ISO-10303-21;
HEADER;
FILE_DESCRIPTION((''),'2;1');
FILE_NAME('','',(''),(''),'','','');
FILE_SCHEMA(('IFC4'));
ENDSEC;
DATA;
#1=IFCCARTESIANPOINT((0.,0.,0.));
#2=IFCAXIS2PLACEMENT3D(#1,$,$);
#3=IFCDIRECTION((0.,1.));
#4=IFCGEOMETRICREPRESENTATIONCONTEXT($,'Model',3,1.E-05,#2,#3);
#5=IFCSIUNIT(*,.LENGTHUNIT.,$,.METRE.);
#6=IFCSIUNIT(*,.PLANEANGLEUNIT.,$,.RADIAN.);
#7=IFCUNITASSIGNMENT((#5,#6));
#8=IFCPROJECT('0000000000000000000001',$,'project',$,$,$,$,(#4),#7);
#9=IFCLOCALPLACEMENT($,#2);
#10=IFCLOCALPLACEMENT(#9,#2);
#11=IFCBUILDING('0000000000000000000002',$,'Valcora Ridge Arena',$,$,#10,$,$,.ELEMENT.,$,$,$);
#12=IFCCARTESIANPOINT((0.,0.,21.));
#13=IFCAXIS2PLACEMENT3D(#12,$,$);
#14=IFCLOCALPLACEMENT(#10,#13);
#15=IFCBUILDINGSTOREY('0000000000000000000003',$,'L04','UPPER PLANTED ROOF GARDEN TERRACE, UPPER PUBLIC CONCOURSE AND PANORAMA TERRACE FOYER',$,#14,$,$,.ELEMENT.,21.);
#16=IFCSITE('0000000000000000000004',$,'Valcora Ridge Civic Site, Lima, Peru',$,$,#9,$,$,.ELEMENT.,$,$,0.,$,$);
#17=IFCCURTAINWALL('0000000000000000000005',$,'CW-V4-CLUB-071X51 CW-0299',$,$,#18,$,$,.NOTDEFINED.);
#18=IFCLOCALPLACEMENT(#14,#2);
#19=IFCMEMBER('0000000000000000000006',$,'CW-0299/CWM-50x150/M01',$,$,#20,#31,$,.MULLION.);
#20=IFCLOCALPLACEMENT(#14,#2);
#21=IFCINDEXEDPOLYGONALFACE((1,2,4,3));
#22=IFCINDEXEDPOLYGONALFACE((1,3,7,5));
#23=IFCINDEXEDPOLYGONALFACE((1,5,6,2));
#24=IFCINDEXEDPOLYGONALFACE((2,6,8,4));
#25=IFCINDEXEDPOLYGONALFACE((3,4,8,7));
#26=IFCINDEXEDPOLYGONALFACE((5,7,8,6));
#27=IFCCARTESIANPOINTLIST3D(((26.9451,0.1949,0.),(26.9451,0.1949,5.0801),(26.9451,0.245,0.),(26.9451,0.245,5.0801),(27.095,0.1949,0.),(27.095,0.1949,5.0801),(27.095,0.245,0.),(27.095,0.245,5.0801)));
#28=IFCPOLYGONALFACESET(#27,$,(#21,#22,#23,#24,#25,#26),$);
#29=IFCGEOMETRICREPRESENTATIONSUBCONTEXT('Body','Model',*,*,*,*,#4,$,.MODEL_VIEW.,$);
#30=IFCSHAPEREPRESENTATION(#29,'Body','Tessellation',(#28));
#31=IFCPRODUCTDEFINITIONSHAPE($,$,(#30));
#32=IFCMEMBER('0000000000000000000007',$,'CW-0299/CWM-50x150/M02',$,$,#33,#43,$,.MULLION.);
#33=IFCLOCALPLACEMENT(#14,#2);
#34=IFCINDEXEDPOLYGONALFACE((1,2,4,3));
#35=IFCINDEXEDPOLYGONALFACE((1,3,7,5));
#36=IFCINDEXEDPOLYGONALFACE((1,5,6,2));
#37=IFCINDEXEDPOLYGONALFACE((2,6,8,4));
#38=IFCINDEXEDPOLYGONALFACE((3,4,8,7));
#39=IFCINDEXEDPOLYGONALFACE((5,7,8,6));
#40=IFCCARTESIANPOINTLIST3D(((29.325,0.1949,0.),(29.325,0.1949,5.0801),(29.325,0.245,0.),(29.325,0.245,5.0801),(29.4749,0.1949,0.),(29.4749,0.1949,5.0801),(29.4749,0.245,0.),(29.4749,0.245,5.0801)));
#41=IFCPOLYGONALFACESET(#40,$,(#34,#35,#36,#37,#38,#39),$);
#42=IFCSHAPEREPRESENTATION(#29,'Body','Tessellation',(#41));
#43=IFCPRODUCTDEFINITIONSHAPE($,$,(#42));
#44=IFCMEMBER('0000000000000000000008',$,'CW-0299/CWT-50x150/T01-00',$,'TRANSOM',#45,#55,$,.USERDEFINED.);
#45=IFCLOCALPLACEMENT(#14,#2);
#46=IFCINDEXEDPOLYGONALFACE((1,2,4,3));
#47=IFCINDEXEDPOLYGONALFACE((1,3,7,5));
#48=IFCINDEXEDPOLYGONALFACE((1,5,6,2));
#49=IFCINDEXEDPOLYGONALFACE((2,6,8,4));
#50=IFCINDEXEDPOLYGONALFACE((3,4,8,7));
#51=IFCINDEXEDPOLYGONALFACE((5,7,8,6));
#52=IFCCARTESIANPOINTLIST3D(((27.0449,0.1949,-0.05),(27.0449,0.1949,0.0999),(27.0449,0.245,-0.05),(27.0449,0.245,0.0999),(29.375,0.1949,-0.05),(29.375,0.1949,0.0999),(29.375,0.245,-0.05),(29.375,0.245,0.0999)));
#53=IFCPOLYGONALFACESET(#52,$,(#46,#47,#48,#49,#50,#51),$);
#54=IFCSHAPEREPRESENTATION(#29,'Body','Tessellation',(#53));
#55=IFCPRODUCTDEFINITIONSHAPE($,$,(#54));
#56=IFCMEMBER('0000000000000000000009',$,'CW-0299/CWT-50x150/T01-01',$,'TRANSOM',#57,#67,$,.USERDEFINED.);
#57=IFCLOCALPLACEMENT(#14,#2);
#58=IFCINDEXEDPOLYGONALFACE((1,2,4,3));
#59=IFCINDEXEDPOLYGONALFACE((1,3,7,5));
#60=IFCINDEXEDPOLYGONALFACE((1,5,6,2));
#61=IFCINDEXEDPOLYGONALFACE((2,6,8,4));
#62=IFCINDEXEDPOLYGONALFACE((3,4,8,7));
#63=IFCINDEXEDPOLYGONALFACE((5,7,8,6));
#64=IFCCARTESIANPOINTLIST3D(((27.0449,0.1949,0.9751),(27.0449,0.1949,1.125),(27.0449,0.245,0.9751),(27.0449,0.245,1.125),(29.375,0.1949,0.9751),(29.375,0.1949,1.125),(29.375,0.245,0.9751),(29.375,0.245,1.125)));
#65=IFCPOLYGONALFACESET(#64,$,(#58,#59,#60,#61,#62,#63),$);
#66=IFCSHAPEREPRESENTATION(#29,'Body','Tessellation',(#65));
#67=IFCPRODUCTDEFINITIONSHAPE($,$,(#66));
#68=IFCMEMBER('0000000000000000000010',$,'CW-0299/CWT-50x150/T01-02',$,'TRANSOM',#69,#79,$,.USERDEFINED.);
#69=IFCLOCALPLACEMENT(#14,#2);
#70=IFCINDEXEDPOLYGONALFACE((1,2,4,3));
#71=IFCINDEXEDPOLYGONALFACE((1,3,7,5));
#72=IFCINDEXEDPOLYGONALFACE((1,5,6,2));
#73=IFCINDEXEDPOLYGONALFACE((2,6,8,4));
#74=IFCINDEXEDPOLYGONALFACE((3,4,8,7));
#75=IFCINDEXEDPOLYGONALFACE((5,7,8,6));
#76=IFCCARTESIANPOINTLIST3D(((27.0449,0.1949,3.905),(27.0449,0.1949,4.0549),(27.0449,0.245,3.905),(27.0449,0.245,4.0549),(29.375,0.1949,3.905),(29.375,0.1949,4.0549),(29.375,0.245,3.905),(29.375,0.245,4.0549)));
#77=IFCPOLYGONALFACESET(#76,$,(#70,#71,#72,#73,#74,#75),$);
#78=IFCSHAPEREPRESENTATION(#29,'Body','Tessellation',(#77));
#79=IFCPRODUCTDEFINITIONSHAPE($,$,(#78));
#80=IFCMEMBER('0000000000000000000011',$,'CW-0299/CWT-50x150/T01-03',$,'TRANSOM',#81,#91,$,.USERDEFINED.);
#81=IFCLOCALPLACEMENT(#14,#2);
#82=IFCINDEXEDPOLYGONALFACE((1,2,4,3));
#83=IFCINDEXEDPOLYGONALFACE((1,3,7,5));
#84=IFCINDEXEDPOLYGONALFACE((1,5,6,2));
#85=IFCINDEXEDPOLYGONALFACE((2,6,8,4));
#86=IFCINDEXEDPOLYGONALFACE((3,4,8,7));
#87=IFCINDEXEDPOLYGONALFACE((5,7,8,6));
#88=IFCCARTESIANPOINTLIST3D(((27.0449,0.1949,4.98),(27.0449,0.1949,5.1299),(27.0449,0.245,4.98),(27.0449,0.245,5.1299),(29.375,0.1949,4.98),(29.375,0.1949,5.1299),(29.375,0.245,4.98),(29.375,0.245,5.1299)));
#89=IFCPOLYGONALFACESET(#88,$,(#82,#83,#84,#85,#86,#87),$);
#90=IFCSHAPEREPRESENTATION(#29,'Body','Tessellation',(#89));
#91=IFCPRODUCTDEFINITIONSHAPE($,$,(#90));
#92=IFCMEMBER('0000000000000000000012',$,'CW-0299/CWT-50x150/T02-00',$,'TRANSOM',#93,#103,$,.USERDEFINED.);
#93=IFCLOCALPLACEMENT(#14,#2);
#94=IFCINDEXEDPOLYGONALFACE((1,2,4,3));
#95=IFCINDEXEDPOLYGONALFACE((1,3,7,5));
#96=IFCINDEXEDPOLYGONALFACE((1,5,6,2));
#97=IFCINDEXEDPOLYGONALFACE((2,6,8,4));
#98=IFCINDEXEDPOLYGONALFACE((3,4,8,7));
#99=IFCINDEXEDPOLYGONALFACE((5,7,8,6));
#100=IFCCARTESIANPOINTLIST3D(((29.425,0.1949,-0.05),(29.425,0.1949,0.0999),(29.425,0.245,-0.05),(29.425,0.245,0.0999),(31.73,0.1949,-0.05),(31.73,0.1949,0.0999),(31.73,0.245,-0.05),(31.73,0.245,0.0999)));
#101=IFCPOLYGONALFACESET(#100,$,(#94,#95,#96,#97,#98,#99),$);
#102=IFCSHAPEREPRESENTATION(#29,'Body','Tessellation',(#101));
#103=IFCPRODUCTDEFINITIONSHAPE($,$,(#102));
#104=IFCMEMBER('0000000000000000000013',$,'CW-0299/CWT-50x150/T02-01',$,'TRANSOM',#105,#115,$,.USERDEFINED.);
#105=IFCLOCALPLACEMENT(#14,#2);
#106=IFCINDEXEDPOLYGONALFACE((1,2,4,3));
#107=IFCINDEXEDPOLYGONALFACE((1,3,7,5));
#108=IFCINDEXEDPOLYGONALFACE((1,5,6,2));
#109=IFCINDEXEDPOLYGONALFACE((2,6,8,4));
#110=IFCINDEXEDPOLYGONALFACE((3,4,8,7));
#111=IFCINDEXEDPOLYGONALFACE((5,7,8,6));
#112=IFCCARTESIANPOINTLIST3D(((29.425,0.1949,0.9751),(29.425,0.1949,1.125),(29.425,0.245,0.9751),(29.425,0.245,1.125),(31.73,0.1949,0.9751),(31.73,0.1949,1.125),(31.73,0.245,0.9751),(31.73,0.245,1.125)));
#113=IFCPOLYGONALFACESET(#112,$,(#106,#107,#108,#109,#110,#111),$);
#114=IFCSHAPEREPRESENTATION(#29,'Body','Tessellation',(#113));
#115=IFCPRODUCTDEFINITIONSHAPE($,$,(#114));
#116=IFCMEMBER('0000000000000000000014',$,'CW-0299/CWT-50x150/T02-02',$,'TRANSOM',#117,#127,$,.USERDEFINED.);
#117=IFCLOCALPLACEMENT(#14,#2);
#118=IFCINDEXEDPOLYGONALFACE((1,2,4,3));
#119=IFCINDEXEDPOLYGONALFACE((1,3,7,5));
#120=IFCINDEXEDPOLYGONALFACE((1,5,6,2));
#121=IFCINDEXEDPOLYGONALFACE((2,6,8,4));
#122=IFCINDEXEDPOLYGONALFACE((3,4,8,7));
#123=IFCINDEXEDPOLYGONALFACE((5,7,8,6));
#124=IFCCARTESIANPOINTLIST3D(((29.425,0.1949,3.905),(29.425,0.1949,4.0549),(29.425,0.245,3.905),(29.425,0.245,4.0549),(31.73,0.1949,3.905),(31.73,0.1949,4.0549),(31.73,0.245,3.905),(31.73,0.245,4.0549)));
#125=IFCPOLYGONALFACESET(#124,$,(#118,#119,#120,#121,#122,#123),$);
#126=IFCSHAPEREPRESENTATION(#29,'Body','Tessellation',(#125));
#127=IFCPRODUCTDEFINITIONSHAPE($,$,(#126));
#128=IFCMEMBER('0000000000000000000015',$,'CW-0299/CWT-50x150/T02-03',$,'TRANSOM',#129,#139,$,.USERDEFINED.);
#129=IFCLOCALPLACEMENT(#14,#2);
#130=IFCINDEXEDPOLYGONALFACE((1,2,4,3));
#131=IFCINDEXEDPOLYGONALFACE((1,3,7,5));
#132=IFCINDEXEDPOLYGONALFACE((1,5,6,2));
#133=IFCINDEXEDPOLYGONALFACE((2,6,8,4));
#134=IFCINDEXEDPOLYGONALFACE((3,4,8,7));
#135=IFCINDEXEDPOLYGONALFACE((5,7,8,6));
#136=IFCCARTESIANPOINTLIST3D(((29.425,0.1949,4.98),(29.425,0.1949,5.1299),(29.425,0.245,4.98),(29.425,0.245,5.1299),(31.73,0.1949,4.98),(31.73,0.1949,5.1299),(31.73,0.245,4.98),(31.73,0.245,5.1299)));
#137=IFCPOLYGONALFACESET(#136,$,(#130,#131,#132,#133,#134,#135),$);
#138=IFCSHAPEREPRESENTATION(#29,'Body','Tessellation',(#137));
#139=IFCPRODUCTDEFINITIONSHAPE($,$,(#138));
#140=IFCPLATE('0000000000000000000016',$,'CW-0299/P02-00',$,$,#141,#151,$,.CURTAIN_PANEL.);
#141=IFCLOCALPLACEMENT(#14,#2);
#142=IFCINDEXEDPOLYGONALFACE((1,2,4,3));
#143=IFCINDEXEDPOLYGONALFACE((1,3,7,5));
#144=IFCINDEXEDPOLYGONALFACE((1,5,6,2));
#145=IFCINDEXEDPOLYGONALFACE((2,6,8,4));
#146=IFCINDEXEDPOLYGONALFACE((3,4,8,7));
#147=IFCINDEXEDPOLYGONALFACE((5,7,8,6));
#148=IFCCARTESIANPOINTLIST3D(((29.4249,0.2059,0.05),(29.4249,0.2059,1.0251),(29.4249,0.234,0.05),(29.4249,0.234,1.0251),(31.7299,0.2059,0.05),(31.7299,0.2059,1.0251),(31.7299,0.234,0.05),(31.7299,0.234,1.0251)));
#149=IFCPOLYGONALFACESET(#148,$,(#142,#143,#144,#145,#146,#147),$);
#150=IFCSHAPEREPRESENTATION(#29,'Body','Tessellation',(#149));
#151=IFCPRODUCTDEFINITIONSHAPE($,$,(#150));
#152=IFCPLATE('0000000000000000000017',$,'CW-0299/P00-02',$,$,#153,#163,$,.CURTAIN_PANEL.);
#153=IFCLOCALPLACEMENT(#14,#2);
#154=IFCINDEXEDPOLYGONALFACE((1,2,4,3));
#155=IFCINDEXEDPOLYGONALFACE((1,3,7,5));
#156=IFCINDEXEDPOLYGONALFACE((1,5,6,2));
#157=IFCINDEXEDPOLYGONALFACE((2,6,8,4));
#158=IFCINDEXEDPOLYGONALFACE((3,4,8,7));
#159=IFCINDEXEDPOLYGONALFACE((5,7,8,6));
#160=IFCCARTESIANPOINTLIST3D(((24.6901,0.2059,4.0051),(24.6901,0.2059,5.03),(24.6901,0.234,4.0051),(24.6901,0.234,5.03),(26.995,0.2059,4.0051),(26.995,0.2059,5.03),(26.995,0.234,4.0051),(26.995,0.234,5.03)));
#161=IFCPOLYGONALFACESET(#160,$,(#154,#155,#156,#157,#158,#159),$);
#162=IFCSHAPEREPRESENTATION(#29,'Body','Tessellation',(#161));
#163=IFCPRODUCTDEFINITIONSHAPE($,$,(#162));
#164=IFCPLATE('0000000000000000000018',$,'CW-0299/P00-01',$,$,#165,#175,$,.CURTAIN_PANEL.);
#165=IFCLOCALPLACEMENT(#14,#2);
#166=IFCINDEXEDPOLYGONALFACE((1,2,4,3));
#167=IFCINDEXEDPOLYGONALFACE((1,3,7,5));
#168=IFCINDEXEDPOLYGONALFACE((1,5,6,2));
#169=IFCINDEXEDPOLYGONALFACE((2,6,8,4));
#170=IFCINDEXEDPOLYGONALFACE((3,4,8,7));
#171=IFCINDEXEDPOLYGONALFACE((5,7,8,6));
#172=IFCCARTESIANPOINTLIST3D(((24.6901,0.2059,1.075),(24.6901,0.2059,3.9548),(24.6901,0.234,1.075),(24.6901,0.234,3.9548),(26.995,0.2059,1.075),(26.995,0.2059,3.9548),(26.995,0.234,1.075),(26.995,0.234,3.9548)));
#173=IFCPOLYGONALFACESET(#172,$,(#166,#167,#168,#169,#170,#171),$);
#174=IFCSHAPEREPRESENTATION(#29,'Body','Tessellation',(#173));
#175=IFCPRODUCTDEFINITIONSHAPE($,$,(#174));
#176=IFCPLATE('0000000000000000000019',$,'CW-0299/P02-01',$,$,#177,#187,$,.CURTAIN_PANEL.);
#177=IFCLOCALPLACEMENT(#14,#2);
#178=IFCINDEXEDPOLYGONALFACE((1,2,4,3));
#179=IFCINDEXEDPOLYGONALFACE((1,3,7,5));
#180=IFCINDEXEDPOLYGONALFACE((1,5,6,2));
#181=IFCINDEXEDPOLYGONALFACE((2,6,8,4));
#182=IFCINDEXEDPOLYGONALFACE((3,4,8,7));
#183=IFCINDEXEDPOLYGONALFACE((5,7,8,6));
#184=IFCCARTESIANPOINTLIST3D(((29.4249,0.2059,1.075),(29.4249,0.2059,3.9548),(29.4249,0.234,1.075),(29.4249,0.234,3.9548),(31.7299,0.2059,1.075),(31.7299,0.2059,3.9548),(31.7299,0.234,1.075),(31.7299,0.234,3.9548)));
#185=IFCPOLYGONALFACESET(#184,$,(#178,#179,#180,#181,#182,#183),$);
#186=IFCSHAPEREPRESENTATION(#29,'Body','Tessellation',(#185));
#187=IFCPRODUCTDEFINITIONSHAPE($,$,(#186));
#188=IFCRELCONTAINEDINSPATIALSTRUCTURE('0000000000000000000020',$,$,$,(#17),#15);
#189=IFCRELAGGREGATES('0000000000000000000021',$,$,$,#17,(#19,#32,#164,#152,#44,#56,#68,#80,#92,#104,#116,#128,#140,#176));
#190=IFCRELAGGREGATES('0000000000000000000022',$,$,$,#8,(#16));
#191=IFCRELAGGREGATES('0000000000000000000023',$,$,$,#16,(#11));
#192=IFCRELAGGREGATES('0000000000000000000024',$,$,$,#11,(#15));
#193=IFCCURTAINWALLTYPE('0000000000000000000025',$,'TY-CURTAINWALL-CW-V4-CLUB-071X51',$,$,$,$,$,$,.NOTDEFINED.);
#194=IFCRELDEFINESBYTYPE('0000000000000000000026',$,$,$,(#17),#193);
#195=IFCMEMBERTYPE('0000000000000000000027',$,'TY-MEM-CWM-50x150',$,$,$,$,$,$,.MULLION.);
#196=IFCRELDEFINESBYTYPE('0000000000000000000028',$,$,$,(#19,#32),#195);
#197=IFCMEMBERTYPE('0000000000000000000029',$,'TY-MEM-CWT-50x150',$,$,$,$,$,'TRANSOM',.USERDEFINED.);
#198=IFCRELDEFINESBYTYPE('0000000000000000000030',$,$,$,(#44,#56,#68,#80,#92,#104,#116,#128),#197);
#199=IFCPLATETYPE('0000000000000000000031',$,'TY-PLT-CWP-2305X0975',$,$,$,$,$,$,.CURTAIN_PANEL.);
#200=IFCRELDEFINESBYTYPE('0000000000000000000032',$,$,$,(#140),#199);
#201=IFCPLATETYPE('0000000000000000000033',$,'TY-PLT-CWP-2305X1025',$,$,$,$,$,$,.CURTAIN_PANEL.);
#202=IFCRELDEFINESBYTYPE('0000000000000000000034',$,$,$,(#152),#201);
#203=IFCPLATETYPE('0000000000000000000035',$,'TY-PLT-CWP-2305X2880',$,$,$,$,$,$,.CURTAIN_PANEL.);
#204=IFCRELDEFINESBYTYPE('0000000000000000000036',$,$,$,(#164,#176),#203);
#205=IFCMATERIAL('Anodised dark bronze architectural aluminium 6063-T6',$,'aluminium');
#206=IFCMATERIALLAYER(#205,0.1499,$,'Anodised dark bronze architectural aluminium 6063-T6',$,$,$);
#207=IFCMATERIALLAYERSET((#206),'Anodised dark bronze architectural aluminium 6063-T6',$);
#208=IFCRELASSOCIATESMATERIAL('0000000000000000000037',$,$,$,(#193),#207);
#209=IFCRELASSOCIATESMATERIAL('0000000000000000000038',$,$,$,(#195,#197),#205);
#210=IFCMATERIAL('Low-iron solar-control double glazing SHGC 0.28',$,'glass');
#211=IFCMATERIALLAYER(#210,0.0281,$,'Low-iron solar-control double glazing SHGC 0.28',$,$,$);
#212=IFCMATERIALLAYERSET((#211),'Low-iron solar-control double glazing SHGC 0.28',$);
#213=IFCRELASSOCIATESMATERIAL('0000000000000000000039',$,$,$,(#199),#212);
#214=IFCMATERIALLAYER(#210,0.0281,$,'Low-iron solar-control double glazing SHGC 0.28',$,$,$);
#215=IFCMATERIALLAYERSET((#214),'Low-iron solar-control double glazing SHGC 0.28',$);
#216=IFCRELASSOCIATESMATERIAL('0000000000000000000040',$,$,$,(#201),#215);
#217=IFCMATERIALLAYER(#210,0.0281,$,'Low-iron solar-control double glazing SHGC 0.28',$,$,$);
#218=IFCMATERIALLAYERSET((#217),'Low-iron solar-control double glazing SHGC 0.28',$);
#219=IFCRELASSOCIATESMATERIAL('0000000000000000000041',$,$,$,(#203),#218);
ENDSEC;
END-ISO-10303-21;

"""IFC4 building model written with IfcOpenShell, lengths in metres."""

from ifc_helpers import new_model, si_unit, direction, frame, origin, origin_2d, place, context, subcontext, project, spatial, rectangle, extrude, material, layer, layer_set, material_profile, profile_set, type_object, element, aggregate, save


model = new_model("IFC4")

# Units and contexts
model_context = context("Model", 3, precision=1e-05, world=origin(), true_north=direction((0.0, 1.0)))
body_context = subcontext(model_context, "Body", "Model", "MODEL_VIEW")
ifc_project = project(units=[si_unit("LENGTHUNIT", "METRE"), si_unit("PLANEANGLEUNIT", "RADIAN")], contexts=[model_context])

# Site, building, storey
site_placement = place(None, origin())
site = spatial("IfcSite", under=ifc_project, at=site_placement, Name="Valcora Ridge Civic Site, Lima, Peru", CompositionType="ELEMENT", RefElevation=0.0)
building_placement = place(site_placement, origin())
building = spatial("IfcBuilding", under=site, at=building_placement, Name="Valcora Ridge Arena", CompositionType="ELEMENT")
storey_placement = place(building_placement, frame((0.0, 0.0, 21.0)))
storey = spatial("IfcBuildingStorey", under=building, at=storey_placement, Name="L04", Description="UPPER PLANTED ROOF GARDEN TERRACE, UPPER PUBLIC CONCOURSE AND PANORAMA TERRACE FOYER", CompositionType="ELEMENT", Elevation=21.0)

# Curtain wall, members, plates
ifc_material_1 = material(Name="Anodised dark bronze architectural aluminium 6063-T6", Category="aluminium")
ifc_layer_1 = layer(ifc_material_1, 0.1499, Name="Anodised dark bronze architectural aluminium 6063-T6")
ifc_layer_set_1 = layer_set([ifc_layer_1], Name="Anodised dark bronze architectural aluminium 6063-T6")
curtain_wall_type = type_object("IfcCurtainWallType", Name="TY-CURTAINWALL-CW-V4-CLUB-071X51", PredefinedType="NOTDEFINED", material=ifc_layer_set_1)
curtain_wall_placement = place(storey_placement, origin())
curtain_wall = element("IfcCurtainWall", 1, at=curtain_wall_placement, inside=storey, type_object=curtain_wall_type, Name="CW-V4-CLUB-071X51 CW-0299", PredefinedType="NOTDEFINED")
ifc_material_profile_1 = material_profile(ifc_material_1, rectangle(XDim=0.05, YDim=0.1499, at=origin_2d()), Name="ALU MULLION 50x150")
ifc_profile_set_1 = profile_set([ifc_material_profile_1], Name="Anodised dark bronze architectural aluminium 6063-T6")
member_type_1 = type_object("IfcMemberType", Name="TY-MEM-CWM-50x150", PredefinedType="MULLION", material=ifc_profile_set_1)
member_1_placement = place(storey_placement, frame((27.02, 0.22, 0.0), z_axis=(0.0, 0.0, 1.0), x_axis=(0.0, 1.0, 0.0)))
member_1 = element("IfcMember", 2, at=member_1_placement, type_object=member_type_1, Name="CW-0299/CWM-50x150/M01", PredefinedType="MULLION", context=body_context, shape_type="SweptSolid", body=[
    extrude(rectangle(XDim=0.05, YDim=0.1499, at=origin_2d()), origin(), (0.0, 0.0, 1.0), 5.0801),
])
member_2_placement = place(storey_placement, frame((29.3999, 0.22, 0.0), z_axis=(0.0, 0.0, 1.0), x_axis=(0.0, 1.0, 0.0)))
member_2 = element("IfcMember", 3, at=member_2_placement, type_object=member_type_1, Name="CW-0299/CWM-50x150/M02", PredefinedType="MULLION", context=body_context, shape_type="SweptSolid", body=[
    extrude(rectangle(XDim=0.05, YDim=0.1499, at=origin_2d()), origin(), (0.0, 0.0, 1.0), 5.0801),
])
ifc_material_profile_2 = material_profile(ifc_material_1, rectangle(XDim=0.05, YDim=0.1499, at=origin_2d()), Name="ALU TRANSOM 50x150")
ifc_profile_set_2 = profile_set([ifc_material_profile_2], Name="Anodised dark bronze architectural aluminium 6063-T6")
member_type_2 = type_object("IfcMemberType", Name="TY-MEM-CWT-50x150", ElementType="TRANSOM", PredefinedType="USERDEFINED", material=ifc_profile_set_2)
member_3_placement = place(storey_placement, frame((27.0449, 0.22, 0.0249), z_axis=(1.0, 0.0, 0.0), x_axis=(0.0, 1.0, 0.0)))
member_3 = element("IfcMember", 4, at=member_3_placement, type_object=member_type_2, Name="CW-0299/CWT-50x150/T01-00", ObjectType="TRANSOM", PredefinedType="USERDEFINED", context=body_context, shape_type="SweptSolid", body=[
    extrude(rectangle(XDim=0.05, YDim=0.1499, at=origin_2d()), origin(), (0.0, 0.0, 1.0), 2.3301),
])
member_4_placement = place(storey_placement, frame((27.0449, 0.22, 1.05), z_axis=(1.0, 0.0, 0.0), x_axis=(0.0, 1.0, 0.0)))
member_4 = element("IfcMember", 5, at=member_4_placement, type_object=member_type_2, Name="CW-0299/CWT-50x150/T01-01", ObjectType="TRANSOM", PredefinedType="USERDEFINED", context=body_context, shape_type="SweptSolid", body=[
    extrude(rectangle(XDim=0.05, YDim=0.1499, at=origin_2d()), origin(), (0.0, 0.0, 1.0), 2.3301),
])
member_5_placement = place(storey_placement, frame((27.0449, 0.22, 3.98), z_axis=(1.0, 0.0, 0.0), x_axis=(0.0, 1.0, 0.0)))
member_5 = element("IfcMember", 6, at=member_5_placement, type_object=member_type_2, Name="CW-0299/CWT-50x150/T01-02", ObjectType="TRANSOM", PredefinedType="USERDEFINED", context=body_context, shape_type="SweptSolid", body=[
    extrude(rectangle(XDim=0.05, YDim=0.1499, at=origin_2d()), origin(), (0.0, 0.0, 1.0), 2.3301),
])
member_6_placement = place(storey_placement, frame((27.0449, 0.22, 5.0549), z_axis=(1.0, 0.0, 0.0), x_axis=(0.0, 1.0, 0.0)))
member_6 = element("IfcMember", 7, at=member_6_placement, type_object=member_type_2, Name="CW-0299/CWT-50x150/T01-03", ObjectType="TRANSOM", PredefinedType="USERDEFINED", context=body_context, shape_type="SweptSolid", body=[
    extrude(rectangle(XDim=0.05, YDim=0.1499, at=origin_2d()), origin(), (0.0, 0.0, 1.0), 2.3301),
])
member_7_placement = place(storey_placement, frame((29.425, 0.22, 0.0249), z_axis=(1.0, 0.0, 0.0), x_axis=(0.0, 1.0, 0.0)))
member_7 = element("IfcMember", 8, at=member_7_placement, type_object=member_type_2, Name="CW-0299/CWT-50x150/T02-00", ObjectType="TRANSOM", PredefinedType="USERDEFINED", context=body_context, shape_type="SweptSolid", body=[
    extrude(rectangle(XDim=0.05, YDim=0.1499, at=origin_2d()), origin(), (0.0, 0.0, 1.0), 2.3049),
])
member_8_placement = place(storey_placement, frame((29.425, 0.22, 1.05), z_axis=(1.0, 0.0, 0.0), x_axis=(0.0, 1.0, 0.0)))
member_8 = element("IfcMember", 9, at=member_8_placement, type_object=member_type_2, Name="CW-0299/CWT-50x150/T02-01", ObjectType="TRANSOM", PredefinedType="USERDEFINED", context=body_context, shape_type="SweptSolid", body=[
    extrude(rectangle(XDim=0.05, YDim=0.1499, at=origin_2d()), origin(), (0.0, 0.0, 1.0), 2.3049),
])
member_9_placement = place(storey_placement, frame((29.425, 0.22, 3.98), z_axis=(1.0, 0.0, 0.0), x_axis=(0.0, 1.0, 0.0)))
member_9 = element("IfcMember", 10, at=member_9_placement, type_object=member_type_2, Name="CW-0299/CWT-50x150/T02-02", ObjectType="TRANSOM", PredefinedType="USERDEFINED", context=body_context, shape_type="SweptSolid", body=[
    extrude(rectangle(XDim=0.05, YDim=0.1499, at=origin_2d()), origin(), (0.0, 0.0, 1.0), 2.3049),
])
member_10_placement = place(storey_placement, frame((29.425, 0.22, 5.0549), z_axis=(1.0, 0.0, 0.0), x_axis=(0.0, 1.0, 0.0)))
member_10 = element("IfcMember", 11, at=member_10_placement, type_object=member_type_2, Name="CW-0299/CWT-50x150/T02-03", ObjectType="TRANSOM", PredefinedType="USERDEFINED", context=body_context, shape_type="SweptSolid", body=[
    extrude(rectangle(XDim=0.05, YDim=0.1499, at=origin_2d()), origin(), (0.0, 0.0, 1.0), 2.3049),
])
ifc_material_2 = material(Name="Low-iron solar-control double glazing SHGC 0.28", Category="glass")
ifc_layer_2 = layer(ifc_material_2, 0.0281, Name="Low-iron solar-control double glazing SHGC 0.28")
ifc_layer_set_2 = layer_set([ifc_layer_2], Name="Low-iron solar-control double glazing SHGC 0.28")
plate_type_1 = type_object("IfcPlateType", Name="TY-PLT-CWP-2305X0975", PredefinedType="CURTAIN_PANEL", material=ifc_layer_set_2)
plate_1_placement = place(storey_placement, frame((30.5774, 0.22, 0.05), z_axis=(0.0, 0.0, 1.0), x_axis=(1.0, 0.0, 0.0)))
plate_1 = element("IfcPlate", 12, at=plate_1_placement, type_object=plate_type_1, Name="CW-0299/P02-00", PredefinedType="CURTAIN_PANEL", context=body_context, shape_type="SweptSolid", body=[
    extrude(rectangle(XDim=2.3049, YDim=0.0281, at=origin_2d()), origin(), (0.0, 0.0, 1.0), 0.9751),
])
ifc_layer_3 = layer(ifc_material_2, 0.0281, Name="Low-iron solar-control double glazing SHGC 0.28")
ifc_layer_set_3 = layer_set([ifc_layer_3], Name="Low-iron solar-control double glazing SHGC 0.28")
plate_type_2 = type_object("IfcPlateType", Name="TY-PLT-CWP-2305X1025", PredefinedType="CURTAIN_PANEL", material=ifc_layer_set_3)
plate_2_placement = place(storey_placement, frame((25.8425, 0.22, 4.0051), z_axis=(0.0, 0.0, 1.0), x_axis=(1.0, 0.0, 0.0)))
plate_2 = element("IfcPlate", 13, at=plate_2_placement, type_object=plate_type_2, Name="CW-0299/P00-02", PredefinedType="CURTAIN_PANEL", context=body_context, shape_type="SweptSolid", body=[
    extrude(rectangle(XDim=2.3049, YDim=0.0281, at=origin_2d()), origin(), (0.0, 0.0, 1.0), 1.0249),
])
ifc_layer_4 = layer(ifc_material_2, 0.0281, Name="Low-iron solar-control double glazing SHGC 0.28")
ifc_layer_set_4 = layer_set([ifc_layer_4], Name="Low-iron solar-control double glazing SHGC 0.28")
plate_type_3 = type_object("IfcPlateType", Name="TY-PLT-CWP-2305X2880", PredefinedType="CURTAIN_PANEL", material=ifc_layer_set_4)
plate_3_placement = place(storey_placement, frame((25.8425, 0.22, 1.075), z_axis=(0.0, 0.0, 1.0), x_axis=(1.0, 0.0, 0.0)))
plate_3 = element("IfcPlate", 14, at=plate_3_placement, type_object=plate_type_3, Name="CW-0299/P00-01", PredefinedType="CURTAIN_PANEL", context=body_context, shape_type="SweptSolid", body=[
    extrude(rectangle(XDim=2.3049, YDim=0.0281, at=origin_2d()), origin(), (0.0, 0.0, 1.0), 2.8799),
])
plate_4_placement = place(storey_placement, frame((30.5774, 0.22, 1.075), z_axis=(0.0, 0.0, 1.0), x_axis=(1.0, 0.0, 0.0)))
plate_4 = element("IfcPlate", 15, at=plate_4_placement, type_object=plate_type_3, Name="CW-0299/P02-01", PredefinedType="CURTAIN_PANEL", context=body_context, shape_type="SweptSolid", body=[
    extrude(rectangle(XDim=2.3049, YDim=0.0281, at=origin_2d()), origin(), (0.0, 0.0, 1.0), 2.8799),
])
aggregate(curtain_wall, [member_1, member_2, plate_3, plate_2, member_3, member_4, member_5, member_6, member_7, member_8, member_9, member_10, plate_1, plate_4])

save(model, "model.ifc")
